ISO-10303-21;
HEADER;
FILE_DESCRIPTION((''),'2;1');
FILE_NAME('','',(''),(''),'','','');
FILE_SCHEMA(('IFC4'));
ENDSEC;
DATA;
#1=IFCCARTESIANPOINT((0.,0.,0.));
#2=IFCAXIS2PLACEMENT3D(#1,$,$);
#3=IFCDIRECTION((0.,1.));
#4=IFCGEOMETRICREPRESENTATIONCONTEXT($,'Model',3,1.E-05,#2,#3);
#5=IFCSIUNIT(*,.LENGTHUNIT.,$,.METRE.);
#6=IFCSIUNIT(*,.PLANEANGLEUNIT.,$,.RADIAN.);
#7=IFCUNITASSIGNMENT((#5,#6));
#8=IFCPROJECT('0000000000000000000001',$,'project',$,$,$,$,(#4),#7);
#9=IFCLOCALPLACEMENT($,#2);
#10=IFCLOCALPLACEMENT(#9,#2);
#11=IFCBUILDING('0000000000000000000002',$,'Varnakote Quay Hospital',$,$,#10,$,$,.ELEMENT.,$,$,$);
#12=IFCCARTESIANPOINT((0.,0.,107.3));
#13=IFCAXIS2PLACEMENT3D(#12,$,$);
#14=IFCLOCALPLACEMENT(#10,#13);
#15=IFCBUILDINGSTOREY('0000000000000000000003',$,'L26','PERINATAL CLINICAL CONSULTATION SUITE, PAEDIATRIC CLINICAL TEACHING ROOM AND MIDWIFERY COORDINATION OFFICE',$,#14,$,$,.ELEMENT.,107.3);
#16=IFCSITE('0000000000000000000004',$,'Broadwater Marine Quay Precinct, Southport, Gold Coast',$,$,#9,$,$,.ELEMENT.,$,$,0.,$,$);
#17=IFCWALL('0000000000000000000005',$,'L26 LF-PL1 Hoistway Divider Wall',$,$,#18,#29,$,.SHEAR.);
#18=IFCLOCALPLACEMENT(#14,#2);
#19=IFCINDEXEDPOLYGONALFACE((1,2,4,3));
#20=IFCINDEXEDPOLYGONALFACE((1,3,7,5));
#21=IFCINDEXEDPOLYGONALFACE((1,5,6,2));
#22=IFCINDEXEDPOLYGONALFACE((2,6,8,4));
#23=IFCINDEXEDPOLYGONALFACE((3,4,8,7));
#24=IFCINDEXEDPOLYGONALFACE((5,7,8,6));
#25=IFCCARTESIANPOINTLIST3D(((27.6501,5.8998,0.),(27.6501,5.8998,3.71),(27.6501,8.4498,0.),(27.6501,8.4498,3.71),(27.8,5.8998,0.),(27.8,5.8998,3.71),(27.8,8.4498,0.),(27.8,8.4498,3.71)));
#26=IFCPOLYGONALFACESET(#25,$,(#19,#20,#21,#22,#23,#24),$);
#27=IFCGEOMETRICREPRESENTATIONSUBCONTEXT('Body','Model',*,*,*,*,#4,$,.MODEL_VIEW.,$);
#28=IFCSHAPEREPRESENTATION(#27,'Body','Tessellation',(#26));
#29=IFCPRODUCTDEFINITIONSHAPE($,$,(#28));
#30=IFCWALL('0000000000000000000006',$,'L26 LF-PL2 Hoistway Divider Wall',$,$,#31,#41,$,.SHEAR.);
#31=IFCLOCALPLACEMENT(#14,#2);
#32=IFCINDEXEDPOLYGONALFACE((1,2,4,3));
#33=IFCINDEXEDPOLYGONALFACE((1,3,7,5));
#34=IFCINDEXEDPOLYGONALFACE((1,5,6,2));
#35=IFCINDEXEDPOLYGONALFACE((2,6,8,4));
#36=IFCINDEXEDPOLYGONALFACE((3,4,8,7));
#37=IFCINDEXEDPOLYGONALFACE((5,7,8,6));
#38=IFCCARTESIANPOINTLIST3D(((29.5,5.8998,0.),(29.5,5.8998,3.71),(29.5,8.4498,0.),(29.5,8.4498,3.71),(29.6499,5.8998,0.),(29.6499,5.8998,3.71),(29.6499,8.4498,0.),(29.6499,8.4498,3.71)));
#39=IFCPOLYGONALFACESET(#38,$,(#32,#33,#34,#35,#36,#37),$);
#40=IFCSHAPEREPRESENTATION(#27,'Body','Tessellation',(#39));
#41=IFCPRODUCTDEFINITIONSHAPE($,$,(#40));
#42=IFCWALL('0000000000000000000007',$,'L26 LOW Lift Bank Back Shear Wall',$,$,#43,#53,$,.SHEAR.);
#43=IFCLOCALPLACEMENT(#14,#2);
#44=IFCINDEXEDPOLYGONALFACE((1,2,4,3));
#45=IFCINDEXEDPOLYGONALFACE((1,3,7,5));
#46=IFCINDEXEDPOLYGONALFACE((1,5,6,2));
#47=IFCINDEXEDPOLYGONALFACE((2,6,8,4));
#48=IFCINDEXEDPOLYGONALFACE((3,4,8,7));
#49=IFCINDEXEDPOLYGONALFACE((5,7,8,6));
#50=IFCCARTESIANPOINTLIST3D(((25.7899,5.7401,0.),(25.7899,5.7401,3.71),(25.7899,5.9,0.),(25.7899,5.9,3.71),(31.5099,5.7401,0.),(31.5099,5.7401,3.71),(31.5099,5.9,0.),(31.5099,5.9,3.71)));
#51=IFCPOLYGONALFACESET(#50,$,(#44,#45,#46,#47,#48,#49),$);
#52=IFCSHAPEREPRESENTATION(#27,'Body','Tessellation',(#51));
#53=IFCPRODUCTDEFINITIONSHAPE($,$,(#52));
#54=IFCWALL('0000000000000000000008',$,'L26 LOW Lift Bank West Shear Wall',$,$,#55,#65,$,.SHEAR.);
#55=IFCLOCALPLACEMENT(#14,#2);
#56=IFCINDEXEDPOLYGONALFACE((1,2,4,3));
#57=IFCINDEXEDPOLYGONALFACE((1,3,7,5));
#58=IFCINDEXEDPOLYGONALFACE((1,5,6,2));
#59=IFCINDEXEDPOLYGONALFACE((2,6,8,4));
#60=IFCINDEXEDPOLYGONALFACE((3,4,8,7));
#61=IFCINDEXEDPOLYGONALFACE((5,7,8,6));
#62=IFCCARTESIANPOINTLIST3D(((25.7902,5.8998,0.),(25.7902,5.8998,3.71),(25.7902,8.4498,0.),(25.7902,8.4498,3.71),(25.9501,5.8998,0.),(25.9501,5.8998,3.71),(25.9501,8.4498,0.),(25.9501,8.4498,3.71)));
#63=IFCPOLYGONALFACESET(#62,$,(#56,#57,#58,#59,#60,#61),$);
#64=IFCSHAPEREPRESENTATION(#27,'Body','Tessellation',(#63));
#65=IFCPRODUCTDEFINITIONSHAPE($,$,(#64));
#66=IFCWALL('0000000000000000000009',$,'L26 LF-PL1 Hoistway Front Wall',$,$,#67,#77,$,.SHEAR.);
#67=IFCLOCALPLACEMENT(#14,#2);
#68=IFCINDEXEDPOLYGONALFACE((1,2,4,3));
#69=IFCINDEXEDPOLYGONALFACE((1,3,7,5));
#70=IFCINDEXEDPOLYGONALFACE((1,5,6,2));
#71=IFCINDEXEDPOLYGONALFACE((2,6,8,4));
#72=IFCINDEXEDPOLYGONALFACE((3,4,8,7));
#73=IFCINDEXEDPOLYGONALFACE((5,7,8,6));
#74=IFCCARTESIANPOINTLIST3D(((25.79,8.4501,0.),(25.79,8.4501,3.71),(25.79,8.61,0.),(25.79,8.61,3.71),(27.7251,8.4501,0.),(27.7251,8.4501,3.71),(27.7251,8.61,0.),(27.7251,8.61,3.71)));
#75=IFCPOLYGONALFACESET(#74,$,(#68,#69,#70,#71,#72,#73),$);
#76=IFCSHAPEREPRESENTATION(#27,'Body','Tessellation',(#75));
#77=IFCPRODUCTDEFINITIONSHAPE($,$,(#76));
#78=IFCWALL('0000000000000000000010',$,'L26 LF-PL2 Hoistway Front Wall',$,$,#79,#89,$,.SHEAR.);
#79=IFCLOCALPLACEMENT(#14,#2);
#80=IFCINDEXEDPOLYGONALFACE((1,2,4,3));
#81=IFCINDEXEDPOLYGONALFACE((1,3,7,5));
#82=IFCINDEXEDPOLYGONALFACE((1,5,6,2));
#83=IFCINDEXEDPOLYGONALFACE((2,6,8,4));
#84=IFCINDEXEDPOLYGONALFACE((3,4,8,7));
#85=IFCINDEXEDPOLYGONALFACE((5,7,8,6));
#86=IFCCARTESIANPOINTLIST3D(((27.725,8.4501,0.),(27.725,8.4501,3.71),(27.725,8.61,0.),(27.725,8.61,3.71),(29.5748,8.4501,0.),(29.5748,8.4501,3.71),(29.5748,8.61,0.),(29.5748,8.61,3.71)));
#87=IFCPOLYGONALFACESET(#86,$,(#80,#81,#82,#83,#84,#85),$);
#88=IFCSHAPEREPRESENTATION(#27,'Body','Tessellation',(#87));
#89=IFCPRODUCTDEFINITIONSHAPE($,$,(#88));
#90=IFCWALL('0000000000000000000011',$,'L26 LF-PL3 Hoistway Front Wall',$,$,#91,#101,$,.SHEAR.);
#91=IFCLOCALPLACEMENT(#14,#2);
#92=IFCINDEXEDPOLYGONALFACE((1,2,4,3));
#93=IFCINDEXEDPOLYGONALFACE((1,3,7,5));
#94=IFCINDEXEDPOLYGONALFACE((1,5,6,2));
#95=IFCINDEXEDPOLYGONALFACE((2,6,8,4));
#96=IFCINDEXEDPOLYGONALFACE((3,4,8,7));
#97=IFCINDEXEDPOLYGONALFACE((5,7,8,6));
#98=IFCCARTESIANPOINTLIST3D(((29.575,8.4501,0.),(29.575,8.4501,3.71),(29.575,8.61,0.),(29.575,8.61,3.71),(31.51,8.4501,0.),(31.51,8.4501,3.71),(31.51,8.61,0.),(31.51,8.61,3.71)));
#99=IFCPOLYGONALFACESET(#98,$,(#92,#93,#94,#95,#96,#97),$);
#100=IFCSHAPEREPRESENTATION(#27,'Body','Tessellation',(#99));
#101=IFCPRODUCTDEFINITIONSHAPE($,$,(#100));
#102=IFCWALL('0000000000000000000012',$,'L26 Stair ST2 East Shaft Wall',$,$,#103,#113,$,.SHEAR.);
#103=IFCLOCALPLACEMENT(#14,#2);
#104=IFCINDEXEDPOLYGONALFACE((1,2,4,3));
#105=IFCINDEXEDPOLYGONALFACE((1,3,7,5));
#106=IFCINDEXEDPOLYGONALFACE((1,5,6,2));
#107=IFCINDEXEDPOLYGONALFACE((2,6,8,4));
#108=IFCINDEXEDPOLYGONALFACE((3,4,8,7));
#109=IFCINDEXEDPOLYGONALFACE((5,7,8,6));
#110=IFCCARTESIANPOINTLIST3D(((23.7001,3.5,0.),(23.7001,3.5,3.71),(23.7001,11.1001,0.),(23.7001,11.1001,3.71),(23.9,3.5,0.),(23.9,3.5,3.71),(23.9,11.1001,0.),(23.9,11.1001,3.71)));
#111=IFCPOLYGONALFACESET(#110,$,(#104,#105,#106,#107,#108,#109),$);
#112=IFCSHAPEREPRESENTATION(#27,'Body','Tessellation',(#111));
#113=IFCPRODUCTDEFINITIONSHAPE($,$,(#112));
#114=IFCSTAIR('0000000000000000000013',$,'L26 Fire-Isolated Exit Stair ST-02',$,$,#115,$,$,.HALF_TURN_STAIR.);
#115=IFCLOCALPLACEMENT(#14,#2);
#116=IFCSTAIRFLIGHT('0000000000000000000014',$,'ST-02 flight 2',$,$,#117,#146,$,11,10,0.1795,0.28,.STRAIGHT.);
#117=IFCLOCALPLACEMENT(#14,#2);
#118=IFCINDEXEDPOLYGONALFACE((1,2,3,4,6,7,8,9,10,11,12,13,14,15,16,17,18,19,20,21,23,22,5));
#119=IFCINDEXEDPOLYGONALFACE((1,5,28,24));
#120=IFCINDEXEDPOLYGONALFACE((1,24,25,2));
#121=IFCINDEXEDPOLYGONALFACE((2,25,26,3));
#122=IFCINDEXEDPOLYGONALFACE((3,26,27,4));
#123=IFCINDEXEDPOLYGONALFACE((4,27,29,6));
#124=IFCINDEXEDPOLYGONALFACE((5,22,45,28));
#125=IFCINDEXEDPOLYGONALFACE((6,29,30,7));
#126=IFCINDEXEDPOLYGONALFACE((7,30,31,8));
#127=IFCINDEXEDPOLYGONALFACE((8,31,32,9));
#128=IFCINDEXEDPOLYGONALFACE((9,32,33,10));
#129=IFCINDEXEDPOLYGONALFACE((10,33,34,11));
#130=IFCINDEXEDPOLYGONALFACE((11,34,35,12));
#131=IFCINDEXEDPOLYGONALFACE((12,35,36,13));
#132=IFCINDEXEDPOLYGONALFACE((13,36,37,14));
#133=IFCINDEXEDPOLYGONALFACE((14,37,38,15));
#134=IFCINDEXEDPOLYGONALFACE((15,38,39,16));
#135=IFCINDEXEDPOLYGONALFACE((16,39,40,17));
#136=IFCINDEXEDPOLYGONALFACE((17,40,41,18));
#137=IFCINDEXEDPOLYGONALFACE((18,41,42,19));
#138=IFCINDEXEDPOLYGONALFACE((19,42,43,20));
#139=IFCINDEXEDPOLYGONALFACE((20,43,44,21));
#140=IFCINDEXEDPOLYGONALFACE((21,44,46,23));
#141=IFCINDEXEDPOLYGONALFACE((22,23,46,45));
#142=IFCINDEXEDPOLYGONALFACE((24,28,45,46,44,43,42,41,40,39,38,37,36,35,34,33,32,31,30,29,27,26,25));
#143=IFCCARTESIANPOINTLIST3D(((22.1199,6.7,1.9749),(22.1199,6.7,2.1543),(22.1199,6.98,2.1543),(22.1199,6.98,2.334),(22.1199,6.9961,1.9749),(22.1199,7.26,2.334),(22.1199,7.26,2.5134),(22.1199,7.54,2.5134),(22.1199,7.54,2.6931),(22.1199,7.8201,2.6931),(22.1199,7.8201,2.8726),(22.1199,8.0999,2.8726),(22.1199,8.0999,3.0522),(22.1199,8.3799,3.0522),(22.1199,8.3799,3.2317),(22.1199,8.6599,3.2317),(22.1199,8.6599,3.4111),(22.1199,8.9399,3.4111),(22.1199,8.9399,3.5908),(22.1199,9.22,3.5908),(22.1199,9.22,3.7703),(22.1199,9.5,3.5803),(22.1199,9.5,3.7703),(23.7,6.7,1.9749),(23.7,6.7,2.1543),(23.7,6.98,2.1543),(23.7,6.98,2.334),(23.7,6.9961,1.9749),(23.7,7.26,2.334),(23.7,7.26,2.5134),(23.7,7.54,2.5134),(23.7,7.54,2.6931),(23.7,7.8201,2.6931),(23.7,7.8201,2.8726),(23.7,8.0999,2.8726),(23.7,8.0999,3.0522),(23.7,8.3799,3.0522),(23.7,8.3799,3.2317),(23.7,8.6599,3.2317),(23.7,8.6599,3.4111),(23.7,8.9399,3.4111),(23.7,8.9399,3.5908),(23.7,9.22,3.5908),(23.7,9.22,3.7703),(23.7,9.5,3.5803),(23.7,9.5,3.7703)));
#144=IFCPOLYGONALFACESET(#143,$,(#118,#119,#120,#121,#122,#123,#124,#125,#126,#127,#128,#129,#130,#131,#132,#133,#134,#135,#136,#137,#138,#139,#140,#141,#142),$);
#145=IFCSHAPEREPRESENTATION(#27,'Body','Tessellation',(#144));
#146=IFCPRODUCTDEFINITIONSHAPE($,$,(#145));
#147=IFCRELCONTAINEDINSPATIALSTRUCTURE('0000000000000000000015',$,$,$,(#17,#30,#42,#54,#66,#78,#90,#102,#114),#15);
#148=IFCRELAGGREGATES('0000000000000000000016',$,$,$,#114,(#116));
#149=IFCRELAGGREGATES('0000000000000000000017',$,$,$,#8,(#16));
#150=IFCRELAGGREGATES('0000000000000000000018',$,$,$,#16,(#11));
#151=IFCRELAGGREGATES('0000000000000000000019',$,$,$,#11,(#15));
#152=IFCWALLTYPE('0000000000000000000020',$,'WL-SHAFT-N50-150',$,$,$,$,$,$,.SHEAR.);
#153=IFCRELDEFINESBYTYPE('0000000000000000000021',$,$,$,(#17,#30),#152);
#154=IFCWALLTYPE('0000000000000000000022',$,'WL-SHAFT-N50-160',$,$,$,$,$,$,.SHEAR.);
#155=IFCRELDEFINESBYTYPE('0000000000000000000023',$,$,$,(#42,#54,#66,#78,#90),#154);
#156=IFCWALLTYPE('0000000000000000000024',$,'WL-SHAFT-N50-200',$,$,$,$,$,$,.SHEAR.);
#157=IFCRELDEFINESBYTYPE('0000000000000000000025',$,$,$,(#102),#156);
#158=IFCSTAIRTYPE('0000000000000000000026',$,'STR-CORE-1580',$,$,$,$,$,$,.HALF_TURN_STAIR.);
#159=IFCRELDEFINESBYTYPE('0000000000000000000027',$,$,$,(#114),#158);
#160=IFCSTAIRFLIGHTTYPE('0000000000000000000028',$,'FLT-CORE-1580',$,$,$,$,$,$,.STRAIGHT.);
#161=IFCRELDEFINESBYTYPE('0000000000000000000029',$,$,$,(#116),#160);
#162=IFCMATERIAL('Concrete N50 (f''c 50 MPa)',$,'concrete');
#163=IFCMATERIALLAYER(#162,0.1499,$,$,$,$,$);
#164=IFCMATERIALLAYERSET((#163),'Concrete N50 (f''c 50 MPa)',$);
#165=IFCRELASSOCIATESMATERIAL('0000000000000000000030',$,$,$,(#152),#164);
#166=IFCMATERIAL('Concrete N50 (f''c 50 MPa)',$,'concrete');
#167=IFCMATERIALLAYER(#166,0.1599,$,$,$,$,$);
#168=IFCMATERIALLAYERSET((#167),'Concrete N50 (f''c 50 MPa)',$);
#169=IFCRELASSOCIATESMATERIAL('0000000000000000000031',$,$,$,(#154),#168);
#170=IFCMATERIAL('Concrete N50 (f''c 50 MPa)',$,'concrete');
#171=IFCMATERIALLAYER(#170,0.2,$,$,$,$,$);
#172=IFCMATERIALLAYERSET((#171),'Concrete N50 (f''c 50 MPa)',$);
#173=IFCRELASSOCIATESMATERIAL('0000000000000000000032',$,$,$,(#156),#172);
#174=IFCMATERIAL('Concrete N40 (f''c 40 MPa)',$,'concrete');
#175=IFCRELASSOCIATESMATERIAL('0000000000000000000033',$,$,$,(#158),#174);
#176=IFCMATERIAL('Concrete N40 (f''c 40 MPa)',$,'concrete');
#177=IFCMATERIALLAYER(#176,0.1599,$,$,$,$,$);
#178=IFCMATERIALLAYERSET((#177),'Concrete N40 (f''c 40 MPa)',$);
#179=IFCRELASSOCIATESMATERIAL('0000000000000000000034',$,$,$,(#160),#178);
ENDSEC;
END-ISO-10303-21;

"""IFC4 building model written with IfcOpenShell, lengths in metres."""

from ifc_helpers import new_model, si_unit, direction, frame, frame_2d, origin, place, context, subcontext, project, spatial, polyline, rectangle, outline, extrude, material, layer, layer_set, type_object, element, aggregate, save


model = new_model("IFC4")

# Units and contexts
model_context = context("Model", 3, precision=1e-05, world=origin(), true_north=direction((0.0, 1.0)))
body_context = subcontext(model_context, "Body", "Model", "MODEL_VIEW")
ifc_project = project(units=[si_unit("LENGTHUNIT", "METRE"), si_unit("PLANEANGLEUNIT", "RADIAN")], contexts=[model_context])

# Site, building, storey
site_placement = place(None, origin())
site = spatial("IfcSite", under=ifc_project, at=site_placement, Name="Broadwater Marine Quay Precinct, Southport, Gold Coast", CompositionType="ELEMENT", RefElevation=0.0)
building_placement = place(site_placement, origin())
building = spatial("IfcBuilding", under=site, at=building_placement, Name="Varnakote Quay Hospital", CompositionType="ELEMENT")
storey_placement = place(building_placement, frame((0.0, 0.0, 107.3)))
storey = spatial("IfcBuildingStorey", under=building, at=storey_placement, Name="L26", Description="PERINATAL CLINICAL CONSULTATION SUITE, PAEDIATRIC CLINICAL TEACHING ROOM AND MIDWIFERY COORDINATION OFFICE", CompositionType="ELEMENT", Elevation=107.3)

# Walls
ifc_material_1 = material(Name="Concrete N50 (f'c 50 MPa)", Category="concrete")
ifc_layer_1 = layer(ifc_material_1, 0.1499)
ifc_layer_set_1 = layer_set([ifc_layer_1], Name="Concrete N50 (f'c 50 MPa)")
wall_type_1 = type_object("IfcWallType", Name="WL-SHAFT-N50-150", PredefinedType="SHEAR", material=ifc_layer_set_1)
for number, where, z_axis, x_axis, name in (
    (1, (27.7251, 5.8999, 0.0), (0.0, 0.0, 1.0), (0.0, 1.0, 0.0), "L26 LF-PL1 Hoistway Divider Wall"),
    (2, (29.575, 5.8999, 0.0), (0.0, 0.0, 1.0), (0.0, 1.0, 0.0), "L26 LF-PL2 Hoistway Divider Wall"),
):
    element("IfcWall", number, at=place(storey_placement, frame(where, z_axis=z_axis, x_axis=x_axis)), inside=storey, type_object=wall_type_1, Name=name, PredefinedType="SHEAR", context=body_context, shape_type="SweptSolid", body=[
        extrude(rectangle(XDim=2.55, YDim=0.1499, at=frame_2d((1.2749, 0.0))), origin(), (0.0, 0.0, 1.0), 3.71),
    ])
ifc_material_2 = material(Name="Concrete N50 (f'c 50 MPa)", Category="concrete")
ifc_layer_2 = layer(ifc_material_2, 0.1599)
ifc_layer_set_2 = layer_set([ifc_layer_2], Name="Concrete N50 (f'c 50 MPa)")
wall_type_2 = type_object("IfcWallType", Name="WL-SHAFT-N50-160", PredefinedType="SHEAR", material=ifc_layer_set_2)
wall_1_placement = place(storey_placement, frame((25.79, 5.8201, 0.0), z_axis=(0.0, 0.0, 1.0), x_axis=(1.0, 0.0, 0.0)))
element("IfcWall", 3, at=wall_1_placement, inside=storey, type_object=wall_type_2, Name="L26 LOW Lift Bank Back Shear Wall", PredefinedType="SHEAR", context=body_context, shape_type="SweptSolid", body=[
    extrude(rectangle(XDim=5.72, YDim=0.1599, at=frame_2d((2.8599, 0.0))), origin(), (0.0, 0.0, 1.0), 3.71),
])
wall_2_placement = place(storey_placement, frame((25.8701, 5.8999, 0.0), z_axis=(0.0, 0.0, 1.0), x_axis=(0.0, 1.0, 0.0)))
element("IfcWall", 4, at=wall_2_placement, inside=storey, type_object=wall_type_2, Name="L26 LOW Lift Bank West Shear Wall", PredefinedType="SHEAR", context=body_context, shape_type="SweptSolid", body=[
    extrude(rectangle(XDim=2.55, YDim=0.1599, at=frame_2d((1.2749, 0.0))), origin(), (0.0, 0.0, 1.0), 3.71),
])
wall_3_placement = place(storey_placement, frame((25.79, 8.53, 0.0), z_axis=(0.0, 0.0, 1.0), x_axis=(1.0, 0.0, 0.0)))
element("IfcWall", 5, at=wall_3_placement, inside=storey, type_object=wall_type_2, Name="L26 LF-PL1 Hoistway Front Wall", PredefinedType="SHEAR", context=body_context, shape_type="SweptSolid", body=[
    extrude(rectangle(XDim=1.9351, YDim=0.1599, at=frame_2d((0.9675, 0.0))), origin(), (0.0, 0.0, 1.0), 3.71),
])
wall_4_placement = place(storey_placement, frame((27.7251, 8.53, 0.0), z_axis=(0.0, 0.0, 1.0), x_axis=(1.0, 0.0, 0.0)))
element("IfcWall", 6, at=wall_4_placement, inside=storey, type_object=wall_type_2, Name="L26 LF-PL2 Hoistway Front Wall", PredefinedType="SHEAR", context=body_context, shape_type="SweptSolid", body=[
    extrude(rectangle(XDim=1.8499, YDim=0.1599, at=frame_2d((0.9248, 0.0))), origin(), (0.0, 0.0, 1.0), 3.71),
])
wall_5_placement = place(storey_placement, frame((29.575, 8.53, 0.0), z_axis=(0.0, 0.0, 1.0), x_axis=(1.0, 0.0, 0.0)))
element("IfcWall", 7, at=wall_5_placement, inside=storey, type_object=wall_type_2, Name="L26 LF-PL3 Hoistway Front Wall", PredefinedType="SHEAR", context=body_context, shape_type="SweptSolid", body=[
    extrude(rectangle(XDim=1.9351, YDim=0.1599, at=frame_2d((0.9675, 0.0))), origin(), (0.0, 0.0, 1.0), 3.71),
])
ifc_material_3 = material(Name="Concrete N50 (f'c 50 MPa)", Category="concrete")
ifc_layer_3 = layer(ifc_material_3, 0.2)
ifc_layer_set_3 = layer_set([ifc_layer_3], Name="Concrete N50 (f'c 50 MPa)")
wall_type_3 = type_object("IfcWallType", Name="WL-SHAFT-N50-200", PredefinedType="SHEAR", material=ifc_layer_set_3)
wall_6_placement = place(storey_placement, frame((23.8, 3.5, 0.0), z_axis=(0.0, 0.0, 1.0), x_axis=(0.0, 1.0, 0.0)))
element("IfcWall", 8, at=wall_6_placement, inside=storey, type_object=wall_type_3, Name="L26 Stair ST2 East Shaft Wall", PredefinedType="SHEAR", context=body_context, shape_type="SweptSolid", body=[
    extrude(rectangle(XDim=7.6001, YDim=0.2, at=frame_2d((3.8, 0.0))), origin(), (0.0, 0.0, 1.0), 3.71),
])

# Stair, stair flight
ifc_material_4 = material(Name="Concrete N40 (f'c 40 MPa)", Category="concrete")
stair_type = type_object("IfcStairType", Name="STR-CORE-1580", PredefinedType="HALF_TURN_STAIR", material=ifc_material_4)
stair_placement = place(storey_placement, origin())
stair = element("IfcStair", 9, at=stair_placement, inside=storey, type_object=stair_type, Name="L26 Fire-Isolated Exit Stair ST-02", PredefinedType="HALF_TURN_STAIR")
ifc_material_5 = material(Name="Concrete N40 (f'c 40 MPa)", Category="concrete")
ifc_layer_4 = layer(ifc_material_5, 0.1599)
ifc_layer_set_4 = layer_set([ifc_layer_4], Name="Concrete N40 (f'c 40 MPa)")
stair_flight_type = type_object("IfcStairFlightType", Name="FLT-CORE-1580", PredefinedType="STRAIGHT", material=ifc_layer_set_4)
stair_flight_placement = place(storey_placement, frame((22.9099, 6.7, 1.9749), z_axis=(0.0, 0.0, 1.0), x_axis=(0.0, 1.0, 0.0)))
stair_flight = element("IfcStairFlight", 10, at=stair_flight_placement, type_object=stair_flight_type, Name="ST-02 flight 2", NumberOfRisers=11, NumberOfTreads=10, PredefinedType="STRAIGHT", RiserHeight=0.1795, TreadLength=0.28, context=body_context, shape_type="SweptSolid", body=[
    extrude(outline(polyline([(0.0, 0.0), (0.0, 0.1794), (0.28, 0.1794), (0.28, 0.3591), (0.5601, 0.3591), (0.5601, 0.5386), (0.8401, 0.5386), (0.8401, 0.7183), (1.1201, 0.7183), (1.1201, 0.8977), (1.3999, 0.8977), (1.3999, 1.0774), (1.6799, 1.0774), (1.6799, 1.2568), (1.96, 1.2568), (1.96, 1.4363), (2.24, 1.4363), (2.24, 1.616), (2.52, 1.616), (2.52, 1.7954), (2.8, 1.7954), (2.8, 1.9751), (2.8, 1.6055), (0.2961, 0.0), (0.0, 0.0)])), frame((0.0, 0.79, 0.0), z_axis=(0.0, -1.0, 0.0), x_axis=(1.0, 0.0, 0.0)), (0.0, 0.0, 1.0), 1.5801),
])
aggregate(stair, [stair_flight])

save(model, "model.ifc")
